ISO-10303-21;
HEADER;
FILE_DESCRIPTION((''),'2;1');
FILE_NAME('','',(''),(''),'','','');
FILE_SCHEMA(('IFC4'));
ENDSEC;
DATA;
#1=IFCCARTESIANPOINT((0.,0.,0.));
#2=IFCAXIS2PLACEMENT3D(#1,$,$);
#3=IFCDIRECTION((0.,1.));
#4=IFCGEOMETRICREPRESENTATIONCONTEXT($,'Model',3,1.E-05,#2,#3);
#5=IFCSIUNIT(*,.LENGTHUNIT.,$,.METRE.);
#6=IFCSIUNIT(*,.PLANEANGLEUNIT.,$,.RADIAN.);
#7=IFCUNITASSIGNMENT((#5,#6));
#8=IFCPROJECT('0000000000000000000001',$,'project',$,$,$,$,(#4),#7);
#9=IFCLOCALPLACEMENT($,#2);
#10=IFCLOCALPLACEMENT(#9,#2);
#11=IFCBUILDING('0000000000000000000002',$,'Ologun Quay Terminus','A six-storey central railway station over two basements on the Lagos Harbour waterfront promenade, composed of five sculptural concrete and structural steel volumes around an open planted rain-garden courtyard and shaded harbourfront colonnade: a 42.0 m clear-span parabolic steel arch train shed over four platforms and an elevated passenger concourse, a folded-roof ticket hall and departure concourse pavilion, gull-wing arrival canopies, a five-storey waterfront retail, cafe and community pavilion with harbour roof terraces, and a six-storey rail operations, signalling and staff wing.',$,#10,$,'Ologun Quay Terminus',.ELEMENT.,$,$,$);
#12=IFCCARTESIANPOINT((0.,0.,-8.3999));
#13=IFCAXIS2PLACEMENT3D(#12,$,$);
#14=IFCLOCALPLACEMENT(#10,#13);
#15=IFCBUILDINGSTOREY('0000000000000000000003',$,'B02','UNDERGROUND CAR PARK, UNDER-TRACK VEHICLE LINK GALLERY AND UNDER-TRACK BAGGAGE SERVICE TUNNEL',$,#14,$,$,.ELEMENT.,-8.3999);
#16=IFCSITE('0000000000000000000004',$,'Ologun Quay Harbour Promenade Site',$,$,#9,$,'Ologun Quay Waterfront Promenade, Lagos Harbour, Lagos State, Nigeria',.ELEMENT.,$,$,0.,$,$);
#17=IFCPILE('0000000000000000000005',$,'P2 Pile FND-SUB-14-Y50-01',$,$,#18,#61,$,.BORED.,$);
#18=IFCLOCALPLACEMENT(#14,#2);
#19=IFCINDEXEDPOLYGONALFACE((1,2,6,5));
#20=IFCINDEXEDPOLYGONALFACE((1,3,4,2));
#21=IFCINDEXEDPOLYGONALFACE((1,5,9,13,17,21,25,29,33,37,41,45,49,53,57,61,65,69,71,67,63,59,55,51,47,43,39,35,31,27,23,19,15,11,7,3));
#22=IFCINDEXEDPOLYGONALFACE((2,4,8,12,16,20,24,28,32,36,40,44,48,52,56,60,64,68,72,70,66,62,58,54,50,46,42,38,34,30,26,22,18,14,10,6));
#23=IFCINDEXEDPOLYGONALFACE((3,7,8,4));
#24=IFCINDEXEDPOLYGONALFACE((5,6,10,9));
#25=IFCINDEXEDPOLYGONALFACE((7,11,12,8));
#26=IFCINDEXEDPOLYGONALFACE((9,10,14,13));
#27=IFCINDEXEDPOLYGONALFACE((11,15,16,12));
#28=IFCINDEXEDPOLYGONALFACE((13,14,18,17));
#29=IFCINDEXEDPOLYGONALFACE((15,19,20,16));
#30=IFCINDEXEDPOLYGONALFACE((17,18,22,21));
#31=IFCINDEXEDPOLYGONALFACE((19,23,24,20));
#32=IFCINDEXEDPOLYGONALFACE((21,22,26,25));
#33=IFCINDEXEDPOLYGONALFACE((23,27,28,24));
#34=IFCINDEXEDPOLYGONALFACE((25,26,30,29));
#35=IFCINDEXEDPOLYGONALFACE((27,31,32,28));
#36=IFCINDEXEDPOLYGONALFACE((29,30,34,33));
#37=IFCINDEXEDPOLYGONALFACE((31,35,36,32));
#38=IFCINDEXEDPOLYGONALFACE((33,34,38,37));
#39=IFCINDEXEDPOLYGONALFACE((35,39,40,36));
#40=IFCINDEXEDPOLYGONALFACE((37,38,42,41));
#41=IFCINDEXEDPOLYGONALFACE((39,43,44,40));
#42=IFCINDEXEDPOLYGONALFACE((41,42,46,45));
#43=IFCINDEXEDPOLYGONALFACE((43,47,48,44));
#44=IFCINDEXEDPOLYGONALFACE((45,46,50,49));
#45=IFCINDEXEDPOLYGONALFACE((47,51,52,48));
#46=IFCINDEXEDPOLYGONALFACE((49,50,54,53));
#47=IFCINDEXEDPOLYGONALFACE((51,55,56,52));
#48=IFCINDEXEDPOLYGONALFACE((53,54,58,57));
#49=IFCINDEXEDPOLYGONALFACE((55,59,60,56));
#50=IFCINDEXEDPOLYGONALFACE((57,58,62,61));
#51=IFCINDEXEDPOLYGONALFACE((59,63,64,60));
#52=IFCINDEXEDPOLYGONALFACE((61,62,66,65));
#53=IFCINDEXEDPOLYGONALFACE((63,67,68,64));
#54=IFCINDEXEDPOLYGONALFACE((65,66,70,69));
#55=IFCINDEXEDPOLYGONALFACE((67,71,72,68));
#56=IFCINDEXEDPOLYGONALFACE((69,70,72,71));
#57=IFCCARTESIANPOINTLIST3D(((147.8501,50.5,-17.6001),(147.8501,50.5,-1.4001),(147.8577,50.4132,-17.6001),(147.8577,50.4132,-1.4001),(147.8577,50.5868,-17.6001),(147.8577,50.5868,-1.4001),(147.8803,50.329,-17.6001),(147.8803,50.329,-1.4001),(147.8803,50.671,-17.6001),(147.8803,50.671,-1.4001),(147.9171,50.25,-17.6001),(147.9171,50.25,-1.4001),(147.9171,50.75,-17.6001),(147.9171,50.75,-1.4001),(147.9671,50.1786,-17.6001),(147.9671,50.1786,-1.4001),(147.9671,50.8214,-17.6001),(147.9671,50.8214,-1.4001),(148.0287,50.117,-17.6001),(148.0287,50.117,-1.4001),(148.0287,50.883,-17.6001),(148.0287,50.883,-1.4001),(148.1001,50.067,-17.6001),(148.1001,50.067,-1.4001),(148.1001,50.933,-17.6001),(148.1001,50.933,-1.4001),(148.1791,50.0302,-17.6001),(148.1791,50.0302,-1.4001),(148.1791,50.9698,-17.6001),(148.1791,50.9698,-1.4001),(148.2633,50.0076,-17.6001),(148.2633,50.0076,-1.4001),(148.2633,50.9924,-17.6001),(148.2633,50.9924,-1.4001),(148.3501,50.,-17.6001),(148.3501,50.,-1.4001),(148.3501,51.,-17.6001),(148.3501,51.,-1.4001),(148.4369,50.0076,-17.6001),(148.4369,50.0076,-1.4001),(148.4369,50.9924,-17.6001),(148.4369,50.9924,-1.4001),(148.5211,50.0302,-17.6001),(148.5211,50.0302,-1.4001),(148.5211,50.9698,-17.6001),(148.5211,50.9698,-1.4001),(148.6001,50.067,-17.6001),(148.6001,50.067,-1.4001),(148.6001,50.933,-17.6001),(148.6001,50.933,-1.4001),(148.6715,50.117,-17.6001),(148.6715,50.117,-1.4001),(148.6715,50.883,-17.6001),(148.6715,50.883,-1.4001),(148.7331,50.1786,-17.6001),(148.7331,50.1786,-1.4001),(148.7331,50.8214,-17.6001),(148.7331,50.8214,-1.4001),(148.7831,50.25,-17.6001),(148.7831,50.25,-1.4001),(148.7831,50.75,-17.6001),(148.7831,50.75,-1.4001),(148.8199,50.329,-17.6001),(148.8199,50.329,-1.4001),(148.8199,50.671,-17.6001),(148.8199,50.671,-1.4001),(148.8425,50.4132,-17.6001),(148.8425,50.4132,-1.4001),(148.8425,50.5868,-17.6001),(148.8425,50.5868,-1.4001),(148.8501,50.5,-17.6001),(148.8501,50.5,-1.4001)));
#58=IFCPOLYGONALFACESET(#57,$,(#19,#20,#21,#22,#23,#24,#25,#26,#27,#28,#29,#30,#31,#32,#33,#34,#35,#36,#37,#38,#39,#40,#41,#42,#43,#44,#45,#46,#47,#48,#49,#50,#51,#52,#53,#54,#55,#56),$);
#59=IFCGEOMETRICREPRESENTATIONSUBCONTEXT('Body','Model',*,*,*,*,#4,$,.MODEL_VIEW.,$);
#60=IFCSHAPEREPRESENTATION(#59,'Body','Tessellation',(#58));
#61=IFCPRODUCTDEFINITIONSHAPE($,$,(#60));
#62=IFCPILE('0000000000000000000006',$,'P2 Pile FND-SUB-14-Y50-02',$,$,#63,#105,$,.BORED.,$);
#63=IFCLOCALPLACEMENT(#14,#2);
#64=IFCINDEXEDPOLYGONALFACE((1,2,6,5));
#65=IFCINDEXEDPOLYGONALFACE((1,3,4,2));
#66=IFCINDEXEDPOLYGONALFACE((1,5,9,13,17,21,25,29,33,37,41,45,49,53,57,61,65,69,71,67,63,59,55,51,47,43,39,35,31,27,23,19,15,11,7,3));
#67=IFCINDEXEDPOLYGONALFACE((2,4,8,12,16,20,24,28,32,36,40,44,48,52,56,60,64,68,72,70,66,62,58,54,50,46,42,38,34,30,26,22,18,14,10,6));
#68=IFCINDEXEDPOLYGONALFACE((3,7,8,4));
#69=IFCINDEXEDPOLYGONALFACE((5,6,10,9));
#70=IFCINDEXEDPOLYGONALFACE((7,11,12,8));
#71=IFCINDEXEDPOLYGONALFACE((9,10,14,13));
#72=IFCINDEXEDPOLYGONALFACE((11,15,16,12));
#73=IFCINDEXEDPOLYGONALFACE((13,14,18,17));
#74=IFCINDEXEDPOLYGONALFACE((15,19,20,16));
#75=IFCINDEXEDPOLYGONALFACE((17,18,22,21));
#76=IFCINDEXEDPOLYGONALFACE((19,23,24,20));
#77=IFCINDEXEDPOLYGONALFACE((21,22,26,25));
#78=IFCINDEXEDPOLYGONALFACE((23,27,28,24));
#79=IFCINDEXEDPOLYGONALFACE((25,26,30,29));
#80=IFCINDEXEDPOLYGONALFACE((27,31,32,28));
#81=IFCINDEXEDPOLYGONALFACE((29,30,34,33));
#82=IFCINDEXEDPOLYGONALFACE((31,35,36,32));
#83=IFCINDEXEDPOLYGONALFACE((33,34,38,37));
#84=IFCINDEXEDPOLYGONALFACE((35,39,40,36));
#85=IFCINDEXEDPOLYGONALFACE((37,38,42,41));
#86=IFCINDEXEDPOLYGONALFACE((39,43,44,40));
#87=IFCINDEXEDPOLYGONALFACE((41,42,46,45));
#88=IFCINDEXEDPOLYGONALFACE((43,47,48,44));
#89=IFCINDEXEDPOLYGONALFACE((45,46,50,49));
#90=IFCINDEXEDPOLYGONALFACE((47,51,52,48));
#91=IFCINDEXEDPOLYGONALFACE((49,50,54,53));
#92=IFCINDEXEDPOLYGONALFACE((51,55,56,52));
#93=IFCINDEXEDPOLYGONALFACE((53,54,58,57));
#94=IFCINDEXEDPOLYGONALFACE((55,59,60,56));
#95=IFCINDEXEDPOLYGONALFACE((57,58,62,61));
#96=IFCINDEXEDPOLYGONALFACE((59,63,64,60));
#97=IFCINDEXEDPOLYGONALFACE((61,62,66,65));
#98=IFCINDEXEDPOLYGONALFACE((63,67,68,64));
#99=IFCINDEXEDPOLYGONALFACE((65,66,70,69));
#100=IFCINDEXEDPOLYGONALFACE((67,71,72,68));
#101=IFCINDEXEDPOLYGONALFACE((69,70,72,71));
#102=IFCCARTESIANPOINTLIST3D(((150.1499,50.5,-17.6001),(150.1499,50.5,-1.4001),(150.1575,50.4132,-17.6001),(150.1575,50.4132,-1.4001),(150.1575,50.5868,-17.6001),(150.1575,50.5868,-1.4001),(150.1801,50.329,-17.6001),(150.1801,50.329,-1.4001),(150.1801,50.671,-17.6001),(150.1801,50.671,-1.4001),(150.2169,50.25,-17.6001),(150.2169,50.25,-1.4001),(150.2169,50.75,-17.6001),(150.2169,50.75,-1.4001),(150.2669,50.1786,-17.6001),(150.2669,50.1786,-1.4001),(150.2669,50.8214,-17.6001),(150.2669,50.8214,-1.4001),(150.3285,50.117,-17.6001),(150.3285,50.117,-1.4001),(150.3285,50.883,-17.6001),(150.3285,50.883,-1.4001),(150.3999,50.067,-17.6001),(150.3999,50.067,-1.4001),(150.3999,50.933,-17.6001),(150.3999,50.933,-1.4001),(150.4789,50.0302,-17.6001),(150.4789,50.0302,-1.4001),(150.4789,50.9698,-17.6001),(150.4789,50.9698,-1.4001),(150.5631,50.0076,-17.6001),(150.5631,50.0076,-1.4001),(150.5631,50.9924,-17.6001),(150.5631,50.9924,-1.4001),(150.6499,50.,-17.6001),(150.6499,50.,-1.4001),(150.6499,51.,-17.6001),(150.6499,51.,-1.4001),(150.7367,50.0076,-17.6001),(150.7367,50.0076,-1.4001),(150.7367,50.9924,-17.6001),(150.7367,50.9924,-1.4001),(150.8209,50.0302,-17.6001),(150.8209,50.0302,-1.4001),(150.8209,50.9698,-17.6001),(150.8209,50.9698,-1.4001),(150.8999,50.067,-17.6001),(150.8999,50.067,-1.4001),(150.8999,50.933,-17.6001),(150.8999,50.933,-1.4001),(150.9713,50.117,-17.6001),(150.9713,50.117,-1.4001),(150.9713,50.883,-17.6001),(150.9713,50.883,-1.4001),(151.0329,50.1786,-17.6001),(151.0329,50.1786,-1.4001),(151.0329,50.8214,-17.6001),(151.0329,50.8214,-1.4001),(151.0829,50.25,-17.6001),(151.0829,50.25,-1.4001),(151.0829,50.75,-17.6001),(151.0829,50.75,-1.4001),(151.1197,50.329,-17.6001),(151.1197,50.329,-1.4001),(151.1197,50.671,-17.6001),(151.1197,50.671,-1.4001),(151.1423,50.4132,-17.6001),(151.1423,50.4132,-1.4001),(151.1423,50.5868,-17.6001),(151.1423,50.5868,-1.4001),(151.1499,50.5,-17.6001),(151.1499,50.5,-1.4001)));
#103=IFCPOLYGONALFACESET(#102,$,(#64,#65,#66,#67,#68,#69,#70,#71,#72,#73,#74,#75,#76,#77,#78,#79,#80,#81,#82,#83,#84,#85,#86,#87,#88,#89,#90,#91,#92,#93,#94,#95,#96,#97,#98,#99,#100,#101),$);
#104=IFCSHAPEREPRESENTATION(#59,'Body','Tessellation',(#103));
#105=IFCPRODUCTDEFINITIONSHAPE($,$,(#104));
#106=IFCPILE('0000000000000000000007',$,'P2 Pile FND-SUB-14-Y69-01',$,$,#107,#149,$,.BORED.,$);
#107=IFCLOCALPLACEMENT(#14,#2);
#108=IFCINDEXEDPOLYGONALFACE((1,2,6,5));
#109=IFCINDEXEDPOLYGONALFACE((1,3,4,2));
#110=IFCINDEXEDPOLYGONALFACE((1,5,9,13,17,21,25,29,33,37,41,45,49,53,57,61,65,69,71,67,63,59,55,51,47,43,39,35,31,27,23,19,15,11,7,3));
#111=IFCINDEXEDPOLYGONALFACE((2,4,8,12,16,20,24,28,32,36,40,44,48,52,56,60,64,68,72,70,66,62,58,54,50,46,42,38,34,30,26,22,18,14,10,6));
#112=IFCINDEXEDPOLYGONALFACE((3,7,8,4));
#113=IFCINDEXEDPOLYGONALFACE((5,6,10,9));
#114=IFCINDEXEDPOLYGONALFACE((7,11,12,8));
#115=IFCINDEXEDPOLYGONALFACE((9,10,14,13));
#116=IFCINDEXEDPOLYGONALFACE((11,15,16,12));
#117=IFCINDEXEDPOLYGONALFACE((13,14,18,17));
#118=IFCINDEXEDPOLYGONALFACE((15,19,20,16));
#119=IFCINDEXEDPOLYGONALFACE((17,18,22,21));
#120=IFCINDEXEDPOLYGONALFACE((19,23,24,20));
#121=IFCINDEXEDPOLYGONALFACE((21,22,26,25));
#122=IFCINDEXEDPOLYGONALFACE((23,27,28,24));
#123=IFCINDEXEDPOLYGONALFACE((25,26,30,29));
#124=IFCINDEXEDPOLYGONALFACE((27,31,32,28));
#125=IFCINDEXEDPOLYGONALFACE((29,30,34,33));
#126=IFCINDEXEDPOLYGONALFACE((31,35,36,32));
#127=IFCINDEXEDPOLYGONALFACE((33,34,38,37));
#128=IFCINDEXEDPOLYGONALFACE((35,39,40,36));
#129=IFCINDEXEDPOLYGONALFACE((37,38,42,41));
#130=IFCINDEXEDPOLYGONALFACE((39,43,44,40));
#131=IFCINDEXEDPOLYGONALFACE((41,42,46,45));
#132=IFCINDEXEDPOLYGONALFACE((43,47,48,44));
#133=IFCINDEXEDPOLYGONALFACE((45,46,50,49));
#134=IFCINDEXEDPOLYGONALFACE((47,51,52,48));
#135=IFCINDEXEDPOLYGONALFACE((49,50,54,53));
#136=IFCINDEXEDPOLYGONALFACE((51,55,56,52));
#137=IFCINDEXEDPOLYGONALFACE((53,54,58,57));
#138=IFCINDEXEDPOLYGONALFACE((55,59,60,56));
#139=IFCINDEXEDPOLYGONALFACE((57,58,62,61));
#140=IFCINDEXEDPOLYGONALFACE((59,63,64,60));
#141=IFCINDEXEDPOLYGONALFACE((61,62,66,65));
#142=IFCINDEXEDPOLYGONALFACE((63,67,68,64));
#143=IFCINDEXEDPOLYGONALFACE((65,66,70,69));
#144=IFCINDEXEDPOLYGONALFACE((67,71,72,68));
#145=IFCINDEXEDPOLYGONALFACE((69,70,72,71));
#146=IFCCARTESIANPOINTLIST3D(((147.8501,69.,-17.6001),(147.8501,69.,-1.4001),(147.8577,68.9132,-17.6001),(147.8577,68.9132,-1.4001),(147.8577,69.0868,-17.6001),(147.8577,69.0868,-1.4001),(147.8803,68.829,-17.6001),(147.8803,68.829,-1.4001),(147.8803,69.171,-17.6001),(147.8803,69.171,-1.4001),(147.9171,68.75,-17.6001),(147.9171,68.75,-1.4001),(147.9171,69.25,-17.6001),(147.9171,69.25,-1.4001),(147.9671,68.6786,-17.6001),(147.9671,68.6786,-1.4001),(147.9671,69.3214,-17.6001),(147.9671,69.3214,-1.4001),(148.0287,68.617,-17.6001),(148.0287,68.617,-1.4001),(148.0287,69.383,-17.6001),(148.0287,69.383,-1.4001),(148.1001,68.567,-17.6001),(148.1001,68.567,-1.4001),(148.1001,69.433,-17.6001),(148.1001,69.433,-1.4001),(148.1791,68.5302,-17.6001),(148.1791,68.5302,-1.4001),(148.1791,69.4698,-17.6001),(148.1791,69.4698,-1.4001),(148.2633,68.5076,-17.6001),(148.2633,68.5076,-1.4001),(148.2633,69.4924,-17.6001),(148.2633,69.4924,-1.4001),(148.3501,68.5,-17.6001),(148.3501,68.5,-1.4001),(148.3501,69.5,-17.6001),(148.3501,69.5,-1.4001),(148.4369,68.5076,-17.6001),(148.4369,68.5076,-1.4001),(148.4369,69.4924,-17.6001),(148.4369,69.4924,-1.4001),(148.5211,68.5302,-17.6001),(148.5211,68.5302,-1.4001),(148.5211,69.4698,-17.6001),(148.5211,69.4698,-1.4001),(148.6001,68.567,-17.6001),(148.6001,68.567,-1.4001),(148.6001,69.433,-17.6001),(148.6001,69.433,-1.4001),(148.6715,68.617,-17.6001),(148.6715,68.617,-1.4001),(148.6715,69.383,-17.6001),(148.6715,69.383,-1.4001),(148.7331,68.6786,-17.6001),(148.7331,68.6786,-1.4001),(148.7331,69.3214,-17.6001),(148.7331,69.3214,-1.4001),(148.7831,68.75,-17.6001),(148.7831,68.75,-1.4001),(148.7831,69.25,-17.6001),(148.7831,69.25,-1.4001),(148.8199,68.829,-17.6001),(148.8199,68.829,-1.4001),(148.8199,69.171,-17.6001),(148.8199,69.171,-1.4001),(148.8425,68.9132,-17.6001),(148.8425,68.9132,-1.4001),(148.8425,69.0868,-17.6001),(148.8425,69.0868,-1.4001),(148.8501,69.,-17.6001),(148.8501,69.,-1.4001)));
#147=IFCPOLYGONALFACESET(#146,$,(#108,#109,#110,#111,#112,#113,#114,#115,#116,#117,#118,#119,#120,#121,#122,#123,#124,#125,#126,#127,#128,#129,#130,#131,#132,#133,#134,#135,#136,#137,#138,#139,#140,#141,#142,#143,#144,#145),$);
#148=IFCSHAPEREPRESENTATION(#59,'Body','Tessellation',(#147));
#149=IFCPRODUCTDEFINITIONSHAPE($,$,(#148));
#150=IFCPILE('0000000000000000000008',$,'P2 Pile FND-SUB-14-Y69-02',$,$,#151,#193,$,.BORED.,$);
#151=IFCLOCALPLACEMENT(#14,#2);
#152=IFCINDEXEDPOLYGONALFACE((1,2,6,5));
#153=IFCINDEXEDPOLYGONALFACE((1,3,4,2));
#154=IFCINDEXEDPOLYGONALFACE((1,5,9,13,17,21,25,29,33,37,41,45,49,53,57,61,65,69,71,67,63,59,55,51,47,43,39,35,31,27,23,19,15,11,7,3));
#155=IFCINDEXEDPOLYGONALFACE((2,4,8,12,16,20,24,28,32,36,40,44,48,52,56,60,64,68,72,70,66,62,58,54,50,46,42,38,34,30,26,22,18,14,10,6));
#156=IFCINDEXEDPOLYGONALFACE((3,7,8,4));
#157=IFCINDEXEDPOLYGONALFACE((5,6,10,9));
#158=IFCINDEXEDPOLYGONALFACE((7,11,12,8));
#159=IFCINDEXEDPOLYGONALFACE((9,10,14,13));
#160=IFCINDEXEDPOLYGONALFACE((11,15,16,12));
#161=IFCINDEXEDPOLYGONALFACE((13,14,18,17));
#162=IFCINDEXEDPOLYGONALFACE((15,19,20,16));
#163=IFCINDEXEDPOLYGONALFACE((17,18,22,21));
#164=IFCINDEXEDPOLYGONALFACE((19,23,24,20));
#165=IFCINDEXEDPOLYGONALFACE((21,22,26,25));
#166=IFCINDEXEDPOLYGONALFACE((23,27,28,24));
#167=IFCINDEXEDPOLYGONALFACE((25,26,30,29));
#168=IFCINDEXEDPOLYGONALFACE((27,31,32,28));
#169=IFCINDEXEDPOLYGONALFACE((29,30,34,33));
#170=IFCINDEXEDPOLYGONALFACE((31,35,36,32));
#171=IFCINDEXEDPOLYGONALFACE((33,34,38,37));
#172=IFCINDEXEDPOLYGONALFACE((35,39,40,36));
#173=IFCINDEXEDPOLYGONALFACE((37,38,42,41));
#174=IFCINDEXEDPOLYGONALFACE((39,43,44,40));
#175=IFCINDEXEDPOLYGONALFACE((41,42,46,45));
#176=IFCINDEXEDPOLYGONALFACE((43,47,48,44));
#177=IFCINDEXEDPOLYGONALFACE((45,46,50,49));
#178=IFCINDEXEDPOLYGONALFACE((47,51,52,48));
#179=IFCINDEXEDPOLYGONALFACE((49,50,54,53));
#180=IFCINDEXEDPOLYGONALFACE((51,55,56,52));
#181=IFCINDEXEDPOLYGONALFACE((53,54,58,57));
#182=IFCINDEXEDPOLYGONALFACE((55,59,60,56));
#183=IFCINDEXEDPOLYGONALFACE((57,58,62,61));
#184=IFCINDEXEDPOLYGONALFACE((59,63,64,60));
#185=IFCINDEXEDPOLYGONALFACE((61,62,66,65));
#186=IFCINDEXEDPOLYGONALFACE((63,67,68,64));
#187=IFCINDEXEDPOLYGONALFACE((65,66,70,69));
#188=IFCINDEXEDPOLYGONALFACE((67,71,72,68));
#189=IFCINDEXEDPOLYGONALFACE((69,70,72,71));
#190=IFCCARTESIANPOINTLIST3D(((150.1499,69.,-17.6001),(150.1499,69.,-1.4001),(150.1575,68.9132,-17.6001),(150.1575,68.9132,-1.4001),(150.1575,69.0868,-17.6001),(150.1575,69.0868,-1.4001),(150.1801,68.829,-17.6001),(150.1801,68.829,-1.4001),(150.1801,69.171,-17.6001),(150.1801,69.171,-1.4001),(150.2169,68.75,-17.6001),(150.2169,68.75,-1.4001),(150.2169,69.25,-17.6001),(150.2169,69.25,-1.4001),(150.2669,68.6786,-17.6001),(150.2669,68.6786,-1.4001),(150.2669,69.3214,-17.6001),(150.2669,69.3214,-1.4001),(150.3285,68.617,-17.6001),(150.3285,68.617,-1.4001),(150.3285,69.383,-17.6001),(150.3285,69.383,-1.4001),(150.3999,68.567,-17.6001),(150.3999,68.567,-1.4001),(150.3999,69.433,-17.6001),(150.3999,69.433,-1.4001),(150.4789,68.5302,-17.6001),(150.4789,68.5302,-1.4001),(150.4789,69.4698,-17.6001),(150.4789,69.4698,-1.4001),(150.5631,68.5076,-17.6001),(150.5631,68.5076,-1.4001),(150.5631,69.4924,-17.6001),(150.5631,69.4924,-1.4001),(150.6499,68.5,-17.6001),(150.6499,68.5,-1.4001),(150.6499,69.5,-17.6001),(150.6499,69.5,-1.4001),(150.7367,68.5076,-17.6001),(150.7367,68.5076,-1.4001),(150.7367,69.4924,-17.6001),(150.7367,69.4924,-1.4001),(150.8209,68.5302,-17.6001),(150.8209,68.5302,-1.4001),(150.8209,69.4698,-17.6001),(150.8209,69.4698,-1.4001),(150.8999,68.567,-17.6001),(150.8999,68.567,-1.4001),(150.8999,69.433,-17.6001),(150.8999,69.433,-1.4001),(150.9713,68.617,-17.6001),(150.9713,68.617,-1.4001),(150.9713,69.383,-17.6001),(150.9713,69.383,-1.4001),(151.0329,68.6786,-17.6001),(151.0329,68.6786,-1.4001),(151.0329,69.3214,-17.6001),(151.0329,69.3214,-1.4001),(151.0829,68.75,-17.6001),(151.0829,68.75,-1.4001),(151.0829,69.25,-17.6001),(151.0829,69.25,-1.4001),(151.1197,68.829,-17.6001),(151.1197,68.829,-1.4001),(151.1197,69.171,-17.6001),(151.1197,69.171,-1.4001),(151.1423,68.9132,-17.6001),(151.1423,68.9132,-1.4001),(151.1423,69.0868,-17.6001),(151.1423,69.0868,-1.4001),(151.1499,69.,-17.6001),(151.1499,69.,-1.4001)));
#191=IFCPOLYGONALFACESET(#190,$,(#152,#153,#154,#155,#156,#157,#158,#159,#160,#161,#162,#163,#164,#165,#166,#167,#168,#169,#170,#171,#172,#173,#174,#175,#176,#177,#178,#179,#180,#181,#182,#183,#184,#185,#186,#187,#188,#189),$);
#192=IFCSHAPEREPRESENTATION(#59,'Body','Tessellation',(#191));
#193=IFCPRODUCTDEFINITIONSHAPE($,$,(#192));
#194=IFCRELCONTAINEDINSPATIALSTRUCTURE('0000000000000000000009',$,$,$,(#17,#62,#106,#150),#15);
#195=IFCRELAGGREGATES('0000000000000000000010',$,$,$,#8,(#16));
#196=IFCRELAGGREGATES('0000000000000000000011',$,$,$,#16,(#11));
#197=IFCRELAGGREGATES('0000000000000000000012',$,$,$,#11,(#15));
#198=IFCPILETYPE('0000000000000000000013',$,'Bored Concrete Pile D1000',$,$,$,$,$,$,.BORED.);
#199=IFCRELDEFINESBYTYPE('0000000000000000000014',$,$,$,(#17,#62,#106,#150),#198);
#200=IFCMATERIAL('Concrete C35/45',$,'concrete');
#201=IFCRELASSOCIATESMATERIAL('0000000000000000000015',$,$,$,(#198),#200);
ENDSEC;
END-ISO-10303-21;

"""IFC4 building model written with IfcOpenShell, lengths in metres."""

from ifc_helpers import new_model, si_unit, direction, frame, origin, origin_2d, place, context, subcontext, project, spatial, circle, extrude, material, material_profile, profile_set, type_object, element, save


model = new_model("IFC4")

# Units and contexts
model_context = context("Model", 3, precision=1e-05, world=origin(), true_north=direction((0.0, 1.0)))
body_context = subcontext(model_context, "Body", "Model", "MODEL_VIEW")
ifc_project = project(units=[si_unit("LENGTHUNIT", "METRE"), si_unit("PLANEANGLEUNIT", "RADIAN")], contexts=[model_context])

# Site, building, storey
site_placement = place(None, origin())
site = spatial("IfcSite", under=ifc_project, at=site_placement, Name="Ologun Quay Harbour Promenade Site", LongName="Ologun Quay Waterfront Promenade, Lagos Harbour, Lagos State, Nigeria", CompositionType="ELEMENT", RefElevation=0.0)
building_placement = place(site_placement, origin())
building = spatial("IfcBuilding", under=site, at=building_placement, Name="Ologun Quay Terminus", Description="A six-storey central railway station over two basements on the Lagos Harbour waterfront promenade, composed of five sculptural concrete and structural steel volumes around an open planted rain-garden courtyard and shaded harbourfront colonnade: a 42.0 m clear-span parabolic steel arch train shed over four platforms and an elevated passenger concourse, a folded-roof ticket hall and departure concourse pavilion, gull-wing arrival canopies, a five-storey waterfront retail, cafe and community pavilion with harbour roof terraces, and a six-storey rail operations, signalling and staff wing.", LongName="Ologun Quay Terminus", CompositionType="ELEMENT")
storey_placement = place(building_placement, frame((0.0, 0.0, -8.3999)))
storey = spatial("IfcBuildingStorey", under=building, at=storey_placement, Name="B02", Description="UNDERGROUND CAR PARK, UNDER-TRACK VEHICLE LINK GALLERY AND UNDER-TRACK BAGGAGE SERVICE TUNNEL", CompositionType="ELEMENT", Elevation=-8.3999)

# Piles
ifc_material_1 = material(Name="Concrete C35/45", Category="concrete")
ifc_material_profile_1 = material_profile(ifc_material_1, circle(Radius=0.5, at=origin_2d()), Name="PILE D1000")
ifc_profile_set_1 = profile_set([ifc_material_profile_1], Name="Concrete C35/45")
pile_type_1 = type_object("IfcPileType", Name="Bored Concrete Pile D1000", PredefinedType="BORED", material=ifc_profile_set_1)
for number, where, z_axis, x_axis, name in (
    (1, (148.3501, 50.5, -1.4001), (0.0, 0.0, -1.0), (1.0, 0.0, 0.0), "P2 Pile FND-SUB-14-Y50-01"),
    (2, (150.6499, 50.5, -1.4001), (0.0, 0.0, -1.0), (1.0, 0.0, 0.0), "P2 Pile FND-SUB-14-Y50-02"),
    (3, (148.3501, 69.0, -1.4001), (0.0, 0.0, -1.0), (1.0, 0.0, 0.0), "P2 Pile FND-SUB-14-Y69-01"),
    (4, (150.6499, 69.0, -1.4001), (0.0, 0.0, -1.0), (1.0, 0.0, 0.0), "P2 Pile FND-SUB-14-Y69-02"),
):
    element("IfcPile", number, at=place(storey_placement, frame(where, z_axis=z_axis, x_axis=x_axis)), inside=storey, type_object=pile_type_1, Name=name, PredefinedType="BORED", context=body_context, shape_type="SweptSolid", body=[
        extrude(circle(Radius=0.5, at=origin_2d()), origin(), (0.0, 0.0, 1.0), 16.2),
    ])

save(model, "model.ifc")
